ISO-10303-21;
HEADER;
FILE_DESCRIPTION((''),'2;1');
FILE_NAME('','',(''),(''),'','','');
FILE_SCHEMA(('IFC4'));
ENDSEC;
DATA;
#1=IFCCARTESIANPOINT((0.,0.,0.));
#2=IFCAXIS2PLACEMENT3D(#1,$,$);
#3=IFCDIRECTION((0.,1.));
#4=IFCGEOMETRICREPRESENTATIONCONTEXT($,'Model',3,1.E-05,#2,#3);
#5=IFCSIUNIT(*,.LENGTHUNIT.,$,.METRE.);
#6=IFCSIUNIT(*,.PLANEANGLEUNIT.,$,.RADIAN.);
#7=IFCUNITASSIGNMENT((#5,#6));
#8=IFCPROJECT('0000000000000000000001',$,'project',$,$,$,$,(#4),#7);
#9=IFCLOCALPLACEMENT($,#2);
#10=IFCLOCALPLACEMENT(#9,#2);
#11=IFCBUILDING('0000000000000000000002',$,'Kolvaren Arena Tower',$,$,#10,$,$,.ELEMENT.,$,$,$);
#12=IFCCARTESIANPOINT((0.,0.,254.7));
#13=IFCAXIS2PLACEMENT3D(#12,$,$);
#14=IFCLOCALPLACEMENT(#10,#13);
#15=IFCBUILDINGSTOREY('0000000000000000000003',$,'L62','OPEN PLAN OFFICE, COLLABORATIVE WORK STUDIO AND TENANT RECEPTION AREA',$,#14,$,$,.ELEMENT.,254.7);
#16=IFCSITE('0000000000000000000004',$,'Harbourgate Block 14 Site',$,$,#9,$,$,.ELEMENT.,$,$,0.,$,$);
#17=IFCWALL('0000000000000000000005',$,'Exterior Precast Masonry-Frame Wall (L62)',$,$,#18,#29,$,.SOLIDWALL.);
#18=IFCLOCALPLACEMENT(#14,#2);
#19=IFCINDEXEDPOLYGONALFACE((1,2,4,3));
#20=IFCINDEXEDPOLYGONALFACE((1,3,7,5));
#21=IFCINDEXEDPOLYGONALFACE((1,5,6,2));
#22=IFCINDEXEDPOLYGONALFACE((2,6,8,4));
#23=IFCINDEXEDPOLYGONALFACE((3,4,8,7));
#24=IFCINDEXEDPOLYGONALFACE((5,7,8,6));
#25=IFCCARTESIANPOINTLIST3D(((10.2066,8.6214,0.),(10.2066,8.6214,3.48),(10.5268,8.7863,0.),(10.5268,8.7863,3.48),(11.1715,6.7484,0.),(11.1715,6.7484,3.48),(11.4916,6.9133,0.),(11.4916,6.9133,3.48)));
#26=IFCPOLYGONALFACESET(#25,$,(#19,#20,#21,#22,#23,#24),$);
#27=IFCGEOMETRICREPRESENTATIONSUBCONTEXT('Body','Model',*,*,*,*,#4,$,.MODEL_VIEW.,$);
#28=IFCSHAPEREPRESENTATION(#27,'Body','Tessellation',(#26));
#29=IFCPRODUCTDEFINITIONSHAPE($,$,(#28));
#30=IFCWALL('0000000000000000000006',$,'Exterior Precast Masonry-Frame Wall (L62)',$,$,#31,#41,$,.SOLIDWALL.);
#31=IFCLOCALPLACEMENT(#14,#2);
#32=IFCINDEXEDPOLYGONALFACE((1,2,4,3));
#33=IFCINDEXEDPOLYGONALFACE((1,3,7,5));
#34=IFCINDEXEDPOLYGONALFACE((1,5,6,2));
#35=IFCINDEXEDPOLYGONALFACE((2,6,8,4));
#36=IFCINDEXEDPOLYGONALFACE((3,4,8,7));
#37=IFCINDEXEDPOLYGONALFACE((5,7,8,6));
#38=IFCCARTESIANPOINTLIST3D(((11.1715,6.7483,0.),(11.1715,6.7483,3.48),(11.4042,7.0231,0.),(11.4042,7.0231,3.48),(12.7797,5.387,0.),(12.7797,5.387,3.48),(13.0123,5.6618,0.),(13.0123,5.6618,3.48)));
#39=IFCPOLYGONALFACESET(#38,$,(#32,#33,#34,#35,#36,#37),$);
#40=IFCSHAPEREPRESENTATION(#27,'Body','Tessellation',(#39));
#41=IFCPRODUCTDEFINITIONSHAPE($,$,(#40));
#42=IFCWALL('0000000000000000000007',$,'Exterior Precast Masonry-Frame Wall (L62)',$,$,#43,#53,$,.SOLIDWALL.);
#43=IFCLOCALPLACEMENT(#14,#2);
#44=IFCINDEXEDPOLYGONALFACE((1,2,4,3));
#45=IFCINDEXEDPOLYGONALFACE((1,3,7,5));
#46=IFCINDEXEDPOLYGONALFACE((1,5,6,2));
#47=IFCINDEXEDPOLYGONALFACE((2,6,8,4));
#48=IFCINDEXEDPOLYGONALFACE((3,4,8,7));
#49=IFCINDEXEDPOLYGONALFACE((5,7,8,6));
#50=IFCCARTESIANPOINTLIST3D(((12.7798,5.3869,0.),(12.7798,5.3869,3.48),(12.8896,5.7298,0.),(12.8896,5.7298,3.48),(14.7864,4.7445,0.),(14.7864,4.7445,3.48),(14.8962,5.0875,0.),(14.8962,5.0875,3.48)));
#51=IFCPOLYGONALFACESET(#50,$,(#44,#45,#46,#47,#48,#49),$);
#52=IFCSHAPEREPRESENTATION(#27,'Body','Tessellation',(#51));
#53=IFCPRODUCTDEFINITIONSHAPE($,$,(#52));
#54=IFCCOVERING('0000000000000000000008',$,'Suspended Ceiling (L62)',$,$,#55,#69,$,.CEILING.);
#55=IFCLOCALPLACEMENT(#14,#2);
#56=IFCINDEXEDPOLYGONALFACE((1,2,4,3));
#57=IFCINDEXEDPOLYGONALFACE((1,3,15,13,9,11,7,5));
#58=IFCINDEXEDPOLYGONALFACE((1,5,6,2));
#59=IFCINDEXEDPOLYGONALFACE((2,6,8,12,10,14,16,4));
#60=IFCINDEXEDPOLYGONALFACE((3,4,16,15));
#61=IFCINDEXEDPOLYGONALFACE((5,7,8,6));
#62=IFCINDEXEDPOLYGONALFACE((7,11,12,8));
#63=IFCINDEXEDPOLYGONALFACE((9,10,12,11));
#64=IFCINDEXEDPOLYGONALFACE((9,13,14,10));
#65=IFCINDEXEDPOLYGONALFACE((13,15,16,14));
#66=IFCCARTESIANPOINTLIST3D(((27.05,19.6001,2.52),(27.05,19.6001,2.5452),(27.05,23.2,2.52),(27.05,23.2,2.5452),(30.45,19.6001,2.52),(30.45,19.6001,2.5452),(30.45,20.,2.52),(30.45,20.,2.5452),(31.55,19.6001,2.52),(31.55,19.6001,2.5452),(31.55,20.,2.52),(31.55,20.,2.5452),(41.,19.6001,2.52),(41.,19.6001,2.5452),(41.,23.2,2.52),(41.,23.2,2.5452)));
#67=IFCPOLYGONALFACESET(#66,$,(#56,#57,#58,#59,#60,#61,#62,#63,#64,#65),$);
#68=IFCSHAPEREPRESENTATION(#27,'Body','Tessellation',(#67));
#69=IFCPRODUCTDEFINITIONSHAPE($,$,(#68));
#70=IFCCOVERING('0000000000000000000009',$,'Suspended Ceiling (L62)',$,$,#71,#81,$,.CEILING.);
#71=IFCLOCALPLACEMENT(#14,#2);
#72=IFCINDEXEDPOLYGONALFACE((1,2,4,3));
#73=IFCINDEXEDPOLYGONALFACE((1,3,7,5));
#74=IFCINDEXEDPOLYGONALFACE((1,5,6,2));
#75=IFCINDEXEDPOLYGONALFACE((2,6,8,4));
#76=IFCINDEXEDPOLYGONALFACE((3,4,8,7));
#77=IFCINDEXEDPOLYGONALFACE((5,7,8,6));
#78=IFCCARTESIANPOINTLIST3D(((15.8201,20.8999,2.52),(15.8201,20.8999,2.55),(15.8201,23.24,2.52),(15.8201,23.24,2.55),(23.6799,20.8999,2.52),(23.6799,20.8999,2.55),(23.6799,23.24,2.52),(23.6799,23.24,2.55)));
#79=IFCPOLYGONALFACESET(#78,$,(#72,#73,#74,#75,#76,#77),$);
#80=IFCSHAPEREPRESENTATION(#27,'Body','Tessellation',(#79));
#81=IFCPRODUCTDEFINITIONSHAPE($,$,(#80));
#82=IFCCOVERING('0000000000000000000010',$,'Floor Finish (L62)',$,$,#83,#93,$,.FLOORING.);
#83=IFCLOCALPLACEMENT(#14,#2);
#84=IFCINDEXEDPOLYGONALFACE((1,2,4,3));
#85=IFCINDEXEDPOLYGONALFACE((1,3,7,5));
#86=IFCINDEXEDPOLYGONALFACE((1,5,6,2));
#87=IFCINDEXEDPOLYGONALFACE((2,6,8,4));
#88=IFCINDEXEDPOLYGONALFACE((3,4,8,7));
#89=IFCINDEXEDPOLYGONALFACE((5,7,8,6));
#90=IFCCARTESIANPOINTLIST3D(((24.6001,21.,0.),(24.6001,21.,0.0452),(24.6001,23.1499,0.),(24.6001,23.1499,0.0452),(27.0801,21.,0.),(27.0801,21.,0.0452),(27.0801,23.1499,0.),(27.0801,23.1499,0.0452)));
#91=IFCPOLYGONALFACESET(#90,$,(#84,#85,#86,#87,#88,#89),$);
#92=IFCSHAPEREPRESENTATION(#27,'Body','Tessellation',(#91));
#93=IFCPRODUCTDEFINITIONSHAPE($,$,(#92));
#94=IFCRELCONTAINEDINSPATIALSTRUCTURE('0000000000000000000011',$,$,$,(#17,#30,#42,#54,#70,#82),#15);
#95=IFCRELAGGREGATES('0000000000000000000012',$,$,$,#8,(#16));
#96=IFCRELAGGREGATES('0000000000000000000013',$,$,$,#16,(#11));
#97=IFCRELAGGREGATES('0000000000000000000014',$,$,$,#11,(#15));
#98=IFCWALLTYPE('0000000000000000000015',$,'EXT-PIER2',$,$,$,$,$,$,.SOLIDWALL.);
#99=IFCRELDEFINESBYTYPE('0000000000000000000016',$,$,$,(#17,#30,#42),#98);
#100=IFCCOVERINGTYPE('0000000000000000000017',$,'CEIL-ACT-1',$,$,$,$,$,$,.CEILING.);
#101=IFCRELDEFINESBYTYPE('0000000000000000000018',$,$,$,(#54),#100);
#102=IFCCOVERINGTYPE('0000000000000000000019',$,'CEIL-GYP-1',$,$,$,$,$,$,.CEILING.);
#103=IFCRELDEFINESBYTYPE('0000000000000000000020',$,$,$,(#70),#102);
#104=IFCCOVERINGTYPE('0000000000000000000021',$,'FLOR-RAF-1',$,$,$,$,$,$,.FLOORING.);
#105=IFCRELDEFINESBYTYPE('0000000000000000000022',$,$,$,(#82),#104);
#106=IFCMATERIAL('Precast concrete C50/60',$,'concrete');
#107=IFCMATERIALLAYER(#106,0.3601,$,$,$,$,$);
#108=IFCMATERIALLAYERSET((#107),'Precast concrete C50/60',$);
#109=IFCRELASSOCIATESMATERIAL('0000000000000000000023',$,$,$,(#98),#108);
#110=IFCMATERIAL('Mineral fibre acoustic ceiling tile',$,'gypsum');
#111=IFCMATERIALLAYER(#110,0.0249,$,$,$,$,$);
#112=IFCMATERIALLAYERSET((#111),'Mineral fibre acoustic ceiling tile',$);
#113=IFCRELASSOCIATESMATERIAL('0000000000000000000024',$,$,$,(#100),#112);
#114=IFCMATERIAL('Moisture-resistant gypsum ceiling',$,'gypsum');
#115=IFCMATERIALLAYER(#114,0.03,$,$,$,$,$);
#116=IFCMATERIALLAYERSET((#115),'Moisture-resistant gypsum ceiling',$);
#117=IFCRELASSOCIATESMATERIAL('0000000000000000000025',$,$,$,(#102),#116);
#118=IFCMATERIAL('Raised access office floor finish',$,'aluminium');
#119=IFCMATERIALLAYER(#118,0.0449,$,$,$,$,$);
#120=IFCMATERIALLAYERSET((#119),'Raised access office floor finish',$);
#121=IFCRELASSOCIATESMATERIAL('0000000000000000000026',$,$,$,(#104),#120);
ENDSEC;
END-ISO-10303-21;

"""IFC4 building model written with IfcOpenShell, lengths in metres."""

from ifc_helpers import new_model, si_unit, direction, frame, frame_2d, origin, place, context, subcontext, project, spatial, polyline, rectangle, outline, extrude, material, layer, layer_set, type_object, element, save


model = new_model("IFC4")

# Units and contexts
model_context = context("Model", 3, precision=1e-05, world=origin(), true_north=direction((0.0, 1.0)))
body_context = subcontext(model_context, "Body", "Model", "MODEL_VIEW")
ifc_project = project(units=[si_unit("LENGTHUNIT", "METRE"), si_unit("PLANEANGLEUNIT", "RADIAN")], contexts=[model_context])

# Site, building, storey
site_placement = place(None, origin())
site = spatial("IfcSite", under=ifc_project, at=site_placement, Name="Harbourgate Block 14 Site", CompositionType="ELEMENT", RefElevation=0.0)
building_placement = place(site_placement, origin())
building = spatial("IfcBuilding", under=site, at=building_placement, Name="Kolvaren Arena Tower", CompositionType="ELEMENT")
storey_placement = place(building_placement, frame((0.0, 0.0, 254.7)))
storey = spatial("IfcBuildingStorey", under=building, at=storey_placement, Name="L62", Description="OPEN PLAN OFFICE, COLLABORATIVE WORK STUDIO AND TENANT RECEPTION AREA", CompositionType="ELEMENT", Elevation=254.7)

# Shared definitions
ifc_material_1 = material(Name="Precast concrete C50/60", Category="concrete")
ifc_layer_1 = layer(ifc_material_1, 0.3601)
ifc_layer_set_1 = layer_set([ifc_layer_1], Name="Precast concrete C50/60")
wall_type = type_object("IfcWallType", Name="EXT-PIER2", PredefinedType="SOLIDWALL", material=ifc_layer_set_1)

# Walls
for number, where, z_axis, x_axis, name in (
    (1, (11.3315, 6.8308, 0.0), (0.0, 0.0, 1.0), (-0.457934, 0.888986, 0.0), "Exterior Precast Masonry-Frame Wall (L62)"),
    (2, (12.896, 5.5244, 0.0), (0.0, 0.0, 1.0), (-0.76325, 0.646103, 0.0), "Exterior Precast Masonry-Frame Wall (L62)"),
    (3, (14.8413, 4.916, 0.0), (0.0, 0.0, 1.0), (-0.952393, 0.304872, 0.0), "Exterior Precast Masonry-Frame Wall (L62)"),
):
    element("IfcWall", number, at=place(storey_placement, frame(where, z_axis=z_axis, x_axis=x_axis)), inside=storey, type_object=wall_type, Name=name, PredefinedType="SOLIDWALL", context=body_context, shape_type="SweptSolid", body=[
        extrude(rectangle(XDim=2.1069, YDim=0.3601, at=frame_2d((1.0535, 0.0))), origin(), (0.0, 0.0, 1.0), 3.48),
    ])

# Coverings
ifc_material_2 = material(Name="Mineral fibre acoustic ceiling tile", Category="gypsum")
ifc_layer_2 = layer(ifc_material_2, 0.0249)
ifc_layer_set_2 = layer_set([ifc_layer_2], Name="Mineral fibre acoustic ceiling tile")
covering_type_1 = type_object("IfcCoveringType", Name="CEIL-ACT-1", PredefinedType="CEILING", material=ifc_layer_set_2)
covering_1_placement = place(storey_placement, frame((0.0, 0.0, 2.52)))
element("IfcCovering", 4, at=covering_1_placement, inside=storey, type_object=covering_type_1, Name="Suspended Ceiling (L62)", PredefinedType="CEILING", context=body_context, shape_type="SweptSolid", body=[
    extrude(outline(polyline([(27.05, 19.6001), (27.05, 23.2), (41.0, 23.2), (41.0, 19.6001), (31.55, 19.6001), (31.55, 20.0), (30.45, 20.0), (30.45, 19.6001), (27.05, 19.6001)])), origin(), (0.0, 0.0, 1.0), 0.0251),
])
ifc_material_3 = material(Name="Moisture-resistant gypsum ceiling", Category="gypsum")
ifc_layer_3 = layer(ifc_material_3, 0.03)
ifc_layer_set_3 = layer_set([ifc_layer_3], Name="Moisture-resistant gypsum ceiling")
covering_type_2 = type_object("IfcCoveringType", Name="CEIL-GYP-1", PredefinedType="CEILING", material=ifc_layer_set_3)
covering_2_placement = place(storey_placement, frame((0.0, 0.0, 2.52)))
element("IfcCovering", 5, at=covering_2_placement, inside=storey, type_object=covering_type_2, Name="Suspended Ceiling (L62)", PredefinedType="CEILING", context=body_context, shape_type="SweptSolid", body=[
    extrude(outline(polyline([(15.8201, 20.8999), (15.8201, 23.24), (23.6799, 23.24), (23.6799, 20.8999), (15.8201, 20.8999)])), origin(), (0.0, 0.0, 1.0), 0.03),
])
ifc_material_4 = material(Name="Raised access office floor finish", Category="aluminium")
ifc_layer_4 = layer(ifc_material_4, 0.0449)
ifc_layer_set_4 = layer_set([ifc_layer_4], Name="Raised access office floor finish")
covering_type_3 = type_object("IfcCoveringType", Name="FLOR-RAF-1", PredefinedType="FLOORING", material=ifc_layer_set_4)
covering_3_placement = place(storey_placement, origin())
element("IfcCovering", 6, at=covering_3_placement, inside=storey, type_object=covering_type_3, Name="Floor Finish (L62)", PredefinedType="FLOORING", context=body_context, shape_type="SweptSolid", body=[
    extrude(outline(polyline([(24.6001, 21.0), (24.6001, 23.1499), (27.0801, 23.1499), (27.0801, 21.0), (24.6001, 21.0)])), origin(), (0.0, 0.0, 1.0), 0.0452),
])

save(model, "model.ifc")
